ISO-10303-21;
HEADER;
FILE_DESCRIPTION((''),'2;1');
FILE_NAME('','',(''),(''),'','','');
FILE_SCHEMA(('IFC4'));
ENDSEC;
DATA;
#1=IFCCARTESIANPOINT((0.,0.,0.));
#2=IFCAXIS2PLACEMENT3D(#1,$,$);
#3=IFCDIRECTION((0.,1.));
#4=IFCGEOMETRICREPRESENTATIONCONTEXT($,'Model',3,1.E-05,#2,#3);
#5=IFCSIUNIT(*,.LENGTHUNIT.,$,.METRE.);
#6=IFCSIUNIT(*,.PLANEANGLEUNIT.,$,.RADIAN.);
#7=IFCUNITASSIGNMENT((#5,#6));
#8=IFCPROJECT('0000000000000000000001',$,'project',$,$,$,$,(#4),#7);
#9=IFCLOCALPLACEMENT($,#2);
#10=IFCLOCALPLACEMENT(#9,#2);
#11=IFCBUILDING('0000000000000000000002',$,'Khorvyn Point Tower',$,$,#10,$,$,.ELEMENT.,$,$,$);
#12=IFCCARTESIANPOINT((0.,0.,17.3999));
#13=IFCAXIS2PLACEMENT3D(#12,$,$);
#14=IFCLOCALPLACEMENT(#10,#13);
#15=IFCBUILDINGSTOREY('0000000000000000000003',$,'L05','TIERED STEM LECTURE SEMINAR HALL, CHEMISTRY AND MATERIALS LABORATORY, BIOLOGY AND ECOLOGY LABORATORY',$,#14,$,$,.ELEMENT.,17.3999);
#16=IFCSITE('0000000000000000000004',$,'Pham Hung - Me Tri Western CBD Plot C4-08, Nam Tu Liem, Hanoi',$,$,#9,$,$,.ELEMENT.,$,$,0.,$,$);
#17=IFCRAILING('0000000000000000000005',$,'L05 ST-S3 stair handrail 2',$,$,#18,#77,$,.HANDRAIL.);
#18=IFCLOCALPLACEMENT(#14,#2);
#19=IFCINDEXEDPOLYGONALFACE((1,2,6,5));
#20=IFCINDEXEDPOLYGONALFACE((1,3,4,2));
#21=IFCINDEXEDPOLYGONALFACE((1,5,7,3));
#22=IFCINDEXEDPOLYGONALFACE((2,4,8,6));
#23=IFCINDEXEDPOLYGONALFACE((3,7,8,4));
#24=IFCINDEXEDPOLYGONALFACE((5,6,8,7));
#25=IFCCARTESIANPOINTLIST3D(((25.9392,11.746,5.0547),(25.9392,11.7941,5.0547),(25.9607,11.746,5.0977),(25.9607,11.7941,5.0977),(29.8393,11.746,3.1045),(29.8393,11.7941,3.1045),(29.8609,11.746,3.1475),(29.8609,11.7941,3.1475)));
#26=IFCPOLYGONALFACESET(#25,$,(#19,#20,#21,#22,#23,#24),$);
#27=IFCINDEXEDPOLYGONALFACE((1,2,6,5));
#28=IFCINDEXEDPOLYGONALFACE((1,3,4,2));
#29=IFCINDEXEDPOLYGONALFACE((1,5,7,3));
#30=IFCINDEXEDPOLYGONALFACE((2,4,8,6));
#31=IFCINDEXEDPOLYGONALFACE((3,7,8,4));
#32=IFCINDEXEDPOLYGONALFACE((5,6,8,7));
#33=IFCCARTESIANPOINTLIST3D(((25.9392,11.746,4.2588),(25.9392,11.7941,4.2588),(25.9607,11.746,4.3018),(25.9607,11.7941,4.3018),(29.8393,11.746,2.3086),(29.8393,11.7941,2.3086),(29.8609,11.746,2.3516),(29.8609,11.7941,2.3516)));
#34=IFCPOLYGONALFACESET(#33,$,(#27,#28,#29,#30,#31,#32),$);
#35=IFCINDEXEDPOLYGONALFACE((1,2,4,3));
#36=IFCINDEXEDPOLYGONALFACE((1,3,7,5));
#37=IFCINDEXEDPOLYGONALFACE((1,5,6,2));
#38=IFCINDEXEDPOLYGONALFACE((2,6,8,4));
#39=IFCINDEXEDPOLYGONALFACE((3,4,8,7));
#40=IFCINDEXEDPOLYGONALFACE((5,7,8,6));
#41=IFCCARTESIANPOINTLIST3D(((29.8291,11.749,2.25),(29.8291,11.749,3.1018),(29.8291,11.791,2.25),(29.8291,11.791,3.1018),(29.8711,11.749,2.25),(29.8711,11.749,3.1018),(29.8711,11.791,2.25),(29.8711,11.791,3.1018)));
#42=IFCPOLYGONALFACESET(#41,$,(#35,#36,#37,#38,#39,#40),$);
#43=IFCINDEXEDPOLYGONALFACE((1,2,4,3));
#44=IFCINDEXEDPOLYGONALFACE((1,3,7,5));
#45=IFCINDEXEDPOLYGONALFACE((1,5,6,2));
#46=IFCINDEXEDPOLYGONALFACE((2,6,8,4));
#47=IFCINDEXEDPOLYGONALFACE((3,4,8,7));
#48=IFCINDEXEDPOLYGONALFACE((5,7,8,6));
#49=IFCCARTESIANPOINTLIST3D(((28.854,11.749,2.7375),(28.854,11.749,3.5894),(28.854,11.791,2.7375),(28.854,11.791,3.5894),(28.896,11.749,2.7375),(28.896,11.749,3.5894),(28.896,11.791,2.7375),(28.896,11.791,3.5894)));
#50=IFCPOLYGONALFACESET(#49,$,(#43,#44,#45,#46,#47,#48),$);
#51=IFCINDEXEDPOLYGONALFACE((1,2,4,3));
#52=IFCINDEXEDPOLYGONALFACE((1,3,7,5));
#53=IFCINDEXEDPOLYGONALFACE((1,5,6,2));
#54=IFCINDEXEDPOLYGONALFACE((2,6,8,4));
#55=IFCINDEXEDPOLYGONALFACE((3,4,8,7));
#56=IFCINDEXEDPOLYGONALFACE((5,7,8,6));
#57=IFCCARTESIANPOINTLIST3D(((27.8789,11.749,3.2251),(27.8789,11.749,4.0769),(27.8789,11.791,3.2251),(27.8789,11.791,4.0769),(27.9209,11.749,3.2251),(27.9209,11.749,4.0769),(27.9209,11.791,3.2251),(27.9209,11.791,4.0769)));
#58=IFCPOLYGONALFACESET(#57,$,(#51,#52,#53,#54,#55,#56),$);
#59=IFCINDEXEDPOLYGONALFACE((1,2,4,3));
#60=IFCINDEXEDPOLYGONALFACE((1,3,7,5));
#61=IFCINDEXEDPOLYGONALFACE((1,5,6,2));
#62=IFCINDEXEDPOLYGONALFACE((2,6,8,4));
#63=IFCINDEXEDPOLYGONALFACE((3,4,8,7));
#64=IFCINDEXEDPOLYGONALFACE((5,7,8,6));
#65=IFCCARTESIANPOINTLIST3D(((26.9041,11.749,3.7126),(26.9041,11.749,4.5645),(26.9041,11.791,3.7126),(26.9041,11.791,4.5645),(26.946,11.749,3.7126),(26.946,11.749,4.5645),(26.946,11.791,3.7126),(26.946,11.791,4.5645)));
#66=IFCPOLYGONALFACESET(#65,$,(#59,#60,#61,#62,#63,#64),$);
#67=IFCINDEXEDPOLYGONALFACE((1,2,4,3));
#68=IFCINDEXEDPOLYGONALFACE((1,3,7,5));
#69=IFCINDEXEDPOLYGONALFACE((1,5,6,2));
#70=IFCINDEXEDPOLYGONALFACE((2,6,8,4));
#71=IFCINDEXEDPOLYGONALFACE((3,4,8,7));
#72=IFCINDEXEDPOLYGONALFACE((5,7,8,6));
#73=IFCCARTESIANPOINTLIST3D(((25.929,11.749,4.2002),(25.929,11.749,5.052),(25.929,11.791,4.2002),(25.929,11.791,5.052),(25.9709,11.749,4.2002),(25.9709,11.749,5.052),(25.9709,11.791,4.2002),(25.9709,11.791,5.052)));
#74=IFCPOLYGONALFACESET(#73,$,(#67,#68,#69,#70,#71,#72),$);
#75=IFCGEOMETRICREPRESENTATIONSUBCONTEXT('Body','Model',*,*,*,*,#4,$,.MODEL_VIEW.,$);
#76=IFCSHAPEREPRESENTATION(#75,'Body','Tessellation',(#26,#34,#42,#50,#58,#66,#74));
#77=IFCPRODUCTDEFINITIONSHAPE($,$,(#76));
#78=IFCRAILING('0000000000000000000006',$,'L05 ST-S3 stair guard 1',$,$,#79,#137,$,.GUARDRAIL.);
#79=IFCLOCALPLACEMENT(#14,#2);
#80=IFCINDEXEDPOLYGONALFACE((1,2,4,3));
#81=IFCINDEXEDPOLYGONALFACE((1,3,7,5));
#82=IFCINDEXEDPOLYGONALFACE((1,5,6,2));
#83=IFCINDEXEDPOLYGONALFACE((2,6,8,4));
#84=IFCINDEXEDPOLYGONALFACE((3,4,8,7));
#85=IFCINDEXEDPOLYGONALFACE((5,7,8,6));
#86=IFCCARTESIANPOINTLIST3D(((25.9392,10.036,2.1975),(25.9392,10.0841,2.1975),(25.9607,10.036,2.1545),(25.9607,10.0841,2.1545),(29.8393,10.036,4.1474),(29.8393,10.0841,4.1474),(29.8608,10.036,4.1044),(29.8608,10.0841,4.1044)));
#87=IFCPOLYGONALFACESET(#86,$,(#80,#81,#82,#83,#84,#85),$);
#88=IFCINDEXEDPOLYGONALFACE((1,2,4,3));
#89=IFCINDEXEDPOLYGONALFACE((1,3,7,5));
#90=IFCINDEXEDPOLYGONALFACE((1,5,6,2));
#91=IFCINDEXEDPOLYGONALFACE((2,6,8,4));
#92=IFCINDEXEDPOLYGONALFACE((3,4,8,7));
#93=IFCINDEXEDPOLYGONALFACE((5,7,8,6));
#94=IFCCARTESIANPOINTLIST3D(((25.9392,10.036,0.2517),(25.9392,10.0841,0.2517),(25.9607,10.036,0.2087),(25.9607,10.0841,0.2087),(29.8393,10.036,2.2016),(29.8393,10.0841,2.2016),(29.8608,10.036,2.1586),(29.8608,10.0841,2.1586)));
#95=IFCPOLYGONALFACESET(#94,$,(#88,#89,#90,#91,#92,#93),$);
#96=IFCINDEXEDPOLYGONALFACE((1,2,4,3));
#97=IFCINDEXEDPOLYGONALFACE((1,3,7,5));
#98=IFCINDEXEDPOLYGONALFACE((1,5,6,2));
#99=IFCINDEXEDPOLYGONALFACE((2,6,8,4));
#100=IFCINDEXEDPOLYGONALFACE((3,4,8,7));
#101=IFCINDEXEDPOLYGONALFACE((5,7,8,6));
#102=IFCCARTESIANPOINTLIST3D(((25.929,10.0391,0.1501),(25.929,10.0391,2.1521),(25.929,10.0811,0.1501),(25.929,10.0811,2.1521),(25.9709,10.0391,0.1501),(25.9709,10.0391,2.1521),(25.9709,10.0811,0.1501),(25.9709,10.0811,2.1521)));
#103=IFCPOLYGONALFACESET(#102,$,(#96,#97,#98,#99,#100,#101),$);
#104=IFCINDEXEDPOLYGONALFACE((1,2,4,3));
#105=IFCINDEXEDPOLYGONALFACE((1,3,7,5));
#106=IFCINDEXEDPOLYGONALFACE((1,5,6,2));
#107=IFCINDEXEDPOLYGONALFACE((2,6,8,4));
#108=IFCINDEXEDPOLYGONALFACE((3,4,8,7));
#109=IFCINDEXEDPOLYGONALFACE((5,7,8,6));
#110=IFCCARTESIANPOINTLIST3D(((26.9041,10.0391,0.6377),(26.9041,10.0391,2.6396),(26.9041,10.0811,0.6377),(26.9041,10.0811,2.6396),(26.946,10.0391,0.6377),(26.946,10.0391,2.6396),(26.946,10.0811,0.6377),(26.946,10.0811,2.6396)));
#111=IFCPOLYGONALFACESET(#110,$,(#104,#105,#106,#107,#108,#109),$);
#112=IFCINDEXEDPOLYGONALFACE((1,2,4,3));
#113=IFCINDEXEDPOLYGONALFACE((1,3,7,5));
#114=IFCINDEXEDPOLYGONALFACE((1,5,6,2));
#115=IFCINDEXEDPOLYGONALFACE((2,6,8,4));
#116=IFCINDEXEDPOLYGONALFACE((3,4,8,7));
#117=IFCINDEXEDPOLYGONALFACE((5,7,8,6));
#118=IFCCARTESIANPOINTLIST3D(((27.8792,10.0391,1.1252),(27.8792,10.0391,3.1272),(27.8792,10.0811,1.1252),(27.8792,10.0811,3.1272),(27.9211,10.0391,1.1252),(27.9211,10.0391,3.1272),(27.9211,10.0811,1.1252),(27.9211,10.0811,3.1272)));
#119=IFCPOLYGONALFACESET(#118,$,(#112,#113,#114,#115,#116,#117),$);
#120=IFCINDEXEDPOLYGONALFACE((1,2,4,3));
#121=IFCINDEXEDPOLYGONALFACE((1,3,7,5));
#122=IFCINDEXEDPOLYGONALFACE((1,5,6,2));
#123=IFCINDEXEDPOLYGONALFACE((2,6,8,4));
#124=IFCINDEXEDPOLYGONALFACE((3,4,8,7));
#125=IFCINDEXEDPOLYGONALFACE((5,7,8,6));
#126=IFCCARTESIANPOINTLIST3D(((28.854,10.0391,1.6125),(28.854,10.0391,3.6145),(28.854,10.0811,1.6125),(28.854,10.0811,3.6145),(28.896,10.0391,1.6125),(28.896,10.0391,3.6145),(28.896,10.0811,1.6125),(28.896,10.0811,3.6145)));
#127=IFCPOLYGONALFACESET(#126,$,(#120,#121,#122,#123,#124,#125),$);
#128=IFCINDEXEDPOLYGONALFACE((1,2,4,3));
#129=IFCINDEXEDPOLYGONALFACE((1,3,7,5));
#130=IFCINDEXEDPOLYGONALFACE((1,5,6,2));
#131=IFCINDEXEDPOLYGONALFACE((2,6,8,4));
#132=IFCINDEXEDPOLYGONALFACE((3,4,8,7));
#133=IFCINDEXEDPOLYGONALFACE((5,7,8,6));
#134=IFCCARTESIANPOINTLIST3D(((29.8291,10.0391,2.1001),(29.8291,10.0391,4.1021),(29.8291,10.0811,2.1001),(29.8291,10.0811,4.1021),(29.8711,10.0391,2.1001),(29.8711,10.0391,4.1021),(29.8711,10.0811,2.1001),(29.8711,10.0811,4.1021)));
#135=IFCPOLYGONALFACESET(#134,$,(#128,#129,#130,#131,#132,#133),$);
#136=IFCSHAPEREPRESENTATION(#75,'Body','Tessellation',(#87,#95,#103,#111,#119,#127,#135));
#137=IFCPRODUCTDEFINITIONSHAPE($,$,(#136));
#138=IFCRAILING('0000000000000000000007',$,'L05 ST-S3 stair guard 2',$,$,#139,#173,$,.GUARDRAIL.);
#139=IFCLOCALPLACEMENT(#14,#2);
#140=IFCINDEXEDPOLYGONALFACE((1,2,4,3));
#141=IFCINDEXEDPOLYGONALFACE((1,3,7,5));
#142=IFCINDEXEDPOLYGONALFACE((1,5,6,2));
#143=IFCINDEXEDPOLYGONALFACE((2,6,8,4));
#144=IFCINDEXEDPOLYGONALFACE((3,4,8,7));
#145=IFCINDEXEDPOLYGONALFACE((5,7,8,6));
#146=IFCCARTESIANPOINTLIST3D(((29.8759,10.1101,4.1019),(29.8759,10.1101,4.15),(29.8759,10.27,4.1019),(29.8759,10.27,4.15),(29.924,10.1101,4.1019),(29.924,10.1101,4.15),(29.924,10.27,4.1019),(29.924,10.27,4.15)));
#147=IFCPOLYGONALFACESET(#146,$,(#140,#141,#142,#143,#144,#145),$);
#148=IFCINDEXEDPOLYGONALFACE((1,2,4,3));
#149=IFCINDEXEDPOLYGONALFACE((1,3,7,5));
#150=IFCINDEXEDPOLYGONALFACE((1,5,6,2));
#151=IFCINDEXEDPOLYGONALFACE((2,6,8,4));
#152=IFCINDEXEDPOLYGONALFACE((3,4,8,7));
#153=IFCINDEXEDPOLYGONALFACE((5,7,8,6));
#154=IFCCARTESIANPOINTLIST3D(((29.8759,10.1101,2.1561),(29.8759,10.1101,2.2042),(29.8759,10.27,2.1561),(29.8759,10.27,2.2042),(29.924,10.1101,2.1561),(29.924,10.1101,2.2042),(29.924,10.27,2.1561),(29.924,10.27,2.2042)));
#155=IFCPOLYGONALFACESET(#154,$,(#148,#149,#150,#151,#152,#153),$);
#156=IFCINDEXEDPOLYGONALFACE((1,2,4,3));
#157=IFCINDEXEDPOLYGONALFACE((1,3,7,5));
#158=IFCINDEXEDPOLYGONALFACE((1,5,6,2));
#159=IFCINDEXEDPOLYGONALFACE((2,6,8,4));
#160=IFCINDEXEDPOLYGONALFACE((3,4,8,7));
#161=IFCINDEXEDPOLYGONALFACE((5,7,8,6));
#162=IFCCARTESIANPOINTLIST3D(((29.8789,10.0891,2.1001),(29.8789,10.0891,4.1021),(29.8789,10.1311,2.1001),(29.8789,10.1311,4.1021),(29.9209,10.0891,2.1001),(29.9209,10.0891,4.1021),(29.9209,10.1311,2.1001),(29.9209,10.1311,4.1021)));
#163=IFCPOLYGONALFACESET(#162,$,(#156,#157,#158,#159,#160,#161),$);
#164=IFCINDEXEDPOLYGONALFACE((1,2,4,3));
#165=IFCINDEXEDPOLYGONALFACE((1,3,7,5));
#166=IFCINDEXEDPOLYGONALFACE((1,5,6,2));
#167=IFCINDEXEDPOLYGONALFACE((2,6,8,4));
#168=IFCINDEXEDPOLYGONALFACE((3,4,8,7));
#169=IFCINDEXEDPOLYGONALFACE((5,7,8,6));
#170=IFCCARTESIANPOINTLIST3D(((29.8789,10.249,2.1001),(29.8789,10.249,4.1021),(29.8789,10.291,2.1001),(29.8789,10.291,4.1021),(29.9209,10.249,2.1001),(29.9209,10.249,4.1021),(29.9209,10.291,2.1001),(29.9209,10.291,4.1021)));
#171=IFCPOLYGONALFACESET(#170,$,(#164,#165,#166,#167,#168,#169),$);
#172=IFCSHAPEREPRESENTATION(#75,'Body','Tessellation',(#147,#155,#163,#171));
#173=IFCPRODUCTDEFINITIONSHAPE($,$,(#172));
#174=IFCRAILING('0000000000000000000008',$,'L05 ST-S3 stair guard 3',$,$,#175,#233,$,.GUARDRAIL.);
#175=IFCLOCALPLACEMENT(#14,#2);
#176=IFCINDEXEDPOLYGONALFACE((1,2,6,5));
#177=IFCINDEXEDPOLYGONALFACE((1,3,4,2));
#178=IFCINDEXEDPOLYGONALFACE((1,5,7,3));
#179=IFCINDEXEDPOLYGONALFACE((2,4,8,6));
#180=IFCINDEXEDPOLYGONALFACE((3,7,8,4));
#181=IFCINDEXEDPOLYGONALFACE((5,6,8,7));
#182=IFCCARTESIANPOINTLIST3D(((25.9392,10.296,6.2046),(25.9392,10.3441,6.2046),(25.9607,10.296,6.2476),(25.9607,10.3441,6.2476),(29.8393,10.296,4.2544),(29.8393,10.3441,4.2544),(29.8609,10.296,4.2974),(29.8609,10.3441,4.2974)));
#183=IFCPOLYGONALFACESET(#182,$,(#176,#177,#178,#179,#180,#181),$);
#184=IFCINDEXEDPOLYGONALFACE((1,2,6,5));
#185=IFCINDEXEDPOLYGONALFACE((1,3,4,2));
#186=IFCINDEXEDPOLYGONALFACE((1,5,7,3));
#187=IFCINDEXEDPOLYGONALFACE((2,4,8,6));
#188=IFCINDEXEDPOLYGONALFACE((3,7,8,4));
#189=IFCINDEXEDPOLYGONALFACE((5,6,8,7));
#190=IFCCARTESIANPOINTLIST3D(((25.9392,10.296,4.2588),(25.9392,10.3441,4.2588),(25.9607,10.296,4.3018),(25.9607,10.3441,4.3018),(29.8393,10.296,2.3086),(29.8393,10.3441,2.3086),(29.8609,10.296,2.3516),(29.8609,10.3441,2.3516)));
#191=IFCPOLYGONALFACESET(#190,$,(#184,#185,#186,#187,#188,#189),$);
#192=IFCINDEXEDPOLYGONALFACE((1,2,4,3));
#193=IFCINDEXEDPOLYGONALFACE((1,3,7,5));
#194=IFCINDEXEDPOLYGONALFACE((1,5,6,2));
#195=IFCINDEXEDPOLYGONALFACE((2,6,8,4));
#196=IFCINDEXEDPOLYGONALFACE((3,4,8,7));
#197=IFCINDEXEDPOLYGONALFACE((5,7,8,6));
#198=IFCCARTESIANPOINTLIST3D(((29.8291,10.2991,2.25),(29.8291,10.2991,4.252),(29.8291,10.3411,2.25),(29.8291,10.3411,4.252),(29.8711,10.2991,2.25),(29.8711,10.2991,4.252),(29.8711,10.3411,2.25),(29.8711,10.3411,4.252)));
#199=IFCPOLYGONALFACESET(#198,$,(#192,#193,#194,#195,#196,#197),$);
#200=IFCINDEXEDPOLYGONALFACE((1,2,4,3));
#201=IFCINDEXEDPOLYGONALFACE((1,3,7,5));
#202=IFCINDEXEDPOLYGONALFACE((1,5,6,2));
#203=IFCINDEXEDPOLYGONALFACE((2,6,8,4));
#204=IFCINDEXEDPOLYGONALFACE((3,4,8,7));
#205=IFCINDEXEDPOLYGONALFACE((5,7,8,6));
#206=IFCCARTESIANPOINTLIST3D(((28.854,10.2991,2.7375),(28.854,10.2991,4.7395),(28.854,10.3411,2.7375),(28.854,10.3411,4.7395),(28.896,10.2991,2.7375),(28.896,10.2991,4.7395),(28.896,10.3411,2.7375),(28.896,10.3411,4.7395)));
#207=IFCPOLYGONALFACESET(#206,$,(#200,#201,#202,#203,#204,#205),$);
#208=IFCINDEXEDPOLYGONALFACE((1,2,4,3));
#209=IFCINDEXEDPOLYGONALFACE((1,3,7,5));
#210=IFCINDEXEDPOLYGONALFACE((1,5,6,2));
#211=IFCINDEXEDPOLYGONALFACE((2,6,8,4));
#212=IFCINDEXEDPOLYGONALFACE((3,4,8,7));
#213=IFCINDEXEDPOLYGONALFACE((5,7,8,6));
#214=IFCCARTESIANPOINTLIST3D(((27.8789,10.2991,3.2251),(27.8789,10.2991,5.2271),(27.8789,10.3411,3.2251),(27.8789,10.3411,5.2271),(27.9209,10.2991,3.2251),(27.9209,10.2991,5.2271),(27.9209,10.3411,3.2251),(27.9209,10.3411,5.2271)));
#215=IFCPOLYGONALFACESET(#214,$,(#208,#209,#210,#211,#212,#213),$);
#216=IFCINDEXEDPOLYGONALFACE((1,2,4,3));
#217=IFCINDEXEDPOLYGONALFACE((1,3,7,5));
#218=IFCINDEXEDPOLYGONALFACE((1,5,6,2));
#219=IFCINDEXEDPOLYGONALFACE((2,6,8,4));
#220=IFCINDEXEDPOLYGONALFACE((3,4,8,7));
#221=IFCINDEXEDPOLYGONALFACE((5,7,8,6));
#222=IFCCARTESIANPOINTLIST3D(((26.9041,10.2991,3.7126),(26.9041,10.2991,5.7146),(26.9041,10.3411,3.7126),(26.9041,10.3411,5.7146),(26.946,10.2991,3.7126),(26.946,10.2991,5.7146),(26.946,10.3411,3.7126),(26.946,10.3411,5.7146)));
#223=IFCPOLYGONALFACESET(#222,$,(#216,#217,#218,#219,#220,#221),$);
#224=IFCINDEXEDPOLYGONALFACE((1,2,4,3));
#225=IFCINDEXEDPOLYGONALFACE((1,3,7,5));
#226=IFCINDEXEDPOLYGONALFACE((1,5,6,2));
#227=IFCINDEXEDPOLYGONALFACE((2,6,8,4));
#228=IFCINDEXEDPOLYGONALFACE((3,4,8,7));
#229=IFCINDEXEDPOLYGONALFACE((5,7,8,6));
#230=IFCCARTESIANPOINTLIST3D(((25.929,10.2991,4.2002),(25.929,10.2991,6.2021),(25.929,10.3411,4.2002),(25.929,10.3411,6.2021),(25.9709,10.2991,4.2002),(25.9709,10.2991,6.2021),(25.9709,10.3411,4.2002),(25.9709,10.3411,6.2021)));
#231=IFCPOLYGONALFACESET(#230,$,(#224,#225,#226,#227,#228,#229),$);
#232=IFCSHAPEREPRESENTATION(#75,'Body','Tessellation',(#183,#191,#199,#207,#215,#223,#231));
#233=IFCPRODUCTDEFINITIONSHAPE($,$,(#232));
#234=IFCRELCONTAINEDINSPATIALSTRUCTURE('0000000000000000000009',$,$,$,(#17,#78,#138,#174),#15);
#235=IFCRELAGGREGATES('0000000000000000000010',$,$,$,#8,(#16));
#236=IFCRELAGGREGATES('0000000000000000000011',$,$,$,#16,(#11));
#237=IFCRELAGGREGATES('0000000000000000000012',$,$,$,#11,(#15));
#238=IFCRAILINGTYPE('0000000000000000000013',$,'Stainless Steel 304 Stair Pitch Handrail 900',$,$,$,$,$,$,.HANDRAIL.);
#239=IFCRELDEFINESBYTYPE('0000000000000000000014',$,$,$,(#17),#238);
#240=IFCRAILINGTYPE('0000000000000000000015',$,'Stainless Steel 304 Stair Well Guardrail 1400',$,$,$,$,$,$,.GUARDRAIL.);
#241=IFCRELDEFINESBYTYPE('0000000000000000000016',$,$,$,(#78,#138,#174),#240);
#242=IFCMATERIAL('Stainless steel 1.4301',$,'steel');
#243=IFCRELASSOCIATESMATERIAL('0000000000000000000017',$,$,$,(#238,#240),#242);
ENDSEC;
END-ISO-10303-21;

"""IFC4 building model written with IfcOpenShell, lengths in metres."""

from ifc_helpers import new_model, si_unit, direction, frame, origin, origin_2d, place, context, subcontext, project, spatial, rectangle, extrude, material, type_object, element, save


model = new_model("IFC4")

# Units and contexts
model_context = context("Model", 3, precision=1e-05, world=origin(), true_north=direction((0.0, 1.0)))
body_context = subcontext(model_context, "Body", "Model", "MODEL_VIEW")
ifc_project = project(units=[si_unit("LENGTHUNIT", "METRE"), si_unit("PLANEANGLEUNIT", "RADIAN")], contexts=[model_context])

# Site, building, storey
site_placement = place(None, origin())
site = spatial("IfcSite", under=ifc_project, at=site_placement, Name="Pham Hung - Me Tri Western CBD Plot C4-08, Nam Tu Liem, Hanoi", CompositionType="ELEMENT", RefElevation=0.0)
building_placement = place(site_placement, origin())
building = spatial("IfcBuilding", under=site, at=building_placement, Name="Khorvyn Point Tower", CompositionType="ELEMENT")
storey_placement = place(building_placement, frame((0.0, 0.0, 17.3999)))
storey = spatial("IfcBuildingStorey", under=building, at=storey_placement, Name="L05", Description="TIERED STEM LECTURE SEMINAR HALL, CHEMISTRY AND MATERIALS LABORATORY, BIOLOGY AND ECOLOGY LABORATORY", CompositionType="ELEMENT", Elevation=17.3999)

# Railings
ifc_material_1 = material(Name="Stainless steel 1.4301", Category="steel")
railing_type_1 = type_object("IfcRailingType", Name="Stainless Steel 304 Stair Pitch Handrail 900", PredefinedType="HANDRAIL", material=ifc_material_1)
railing_1_placement = place(storey_placement, frame((29.8501, 11.77, 2.25)))
element("IfcRailing", 1, at=railing_1_placement, inside=storey, type_object=railing_type_1, Name="L05 ST-S3 stair handrail 2", PredefinedType="HANDRAIL", context=body_context, shape_type="SweptSolid", body=[
    extrude(rectangle(XDim=0.0481, YDim=0.0481, at=origin_2d()), frame((0.0, 0.0, 0.876), z_axis=(-0.894416, 0.0, 0.447236), x_axis=(0.0, -1.0, 0.0)), (0.0, 0.0, 1.0), 4.3606),
    extrude(rectangle(XDim=0.0481, YDim=0.0481, at=origin_2d()), frame((0.0, 0.0, 0.0801), z_axis=(-0.894416, 0.0, 0.447236), x_axis=(0.0, -1.0, 0.0)), (0.0, 0.0, 1.0), 4.3606),
    extrude(rectangle(XDim=0.042, YDim=0.042, at=origin_2d()), origin(), (0.0, 0.0, 1.0), 0.8518),
    extrude(rectangle(XDim=0.042, YDim=0.042, at=origin_2d()), frame((-0.9751, 0.0, 0.4875)), (0.0, 0.0, 1.0), 0.8518),
    extrude(rectangle(XDim=0.042, YDim=0.042, at=origin_2d()), frame((-1.9502, 0.0, 0.9751)), (0.0, 0.0, 1.0), 0.8518),
    extrude(rectangle(XDim=0.042, YDim=0.042, at=origin_2d()), frame((-2.925, 0.0, 1.4626)), (0.0, 0.0, 1.0), 0.8518),
    extrude(rectangle(XDim=0.042, YDim=0.042, at=origin_2d()), frame((-3.9001, 0.0, 1.9502)), (0.0, 0.0, 1.0), 0.8518),
])
railing_type_2 = type_object("IfcRailingType", Name="Stainless Steel 304 Stair Well Guardrail 1400", PredefinedType="GUARDRAIL", material=ifc_material_1)
railing_2_placement = place(storey_placement, frame((25.95, 10.0601, 0.1501)))
element("IfcRailing", 2, at=railing_2_placement, inside=storey, type_object=railing_type_2, Name="L05 ST-S3 stair guard 1", PredefinedType="GUARDRAIL", context=body_context, shape_type="SweptSolid", body=[
    extrude(rectangle(XDim=0.0481, YDim=0.0481, at=origin_2d()), frame((0.0, 0.0, 2.0259), z_axis=(0.894438, 0.0, 0.447191), x_axis=(0.0, 1.0, 0.0)), (0.0, 0.0, 1.0), 4.3604),
    extrude(rectangle(XDim=0.0481, YDim=0.0481, at=origin_2d()), frame((0.0, 0.0, 0.0801), z_axis=(0.894438, 0.0, 0.447191), x_axis=(0.0, 1.0, 0.0)), (0.0, 0.0, 1.0), 4.3604),
    extrude(rectangle(XDim=0.042, YDim=0.042, at=origin_2d()), origin(), (0.0, 0.0, 1.0), 2.002),
    extrude(rectangle(XDim=0.042, YDim=0.042, at=origin_2d()), frame((0.9751, 0.0, 0.4875)), (0.0, 0.0, 1.0), 2.002),
    extrude(rectangle(XDim=0.042, YDim=0.042, at=origin_2d()), frame((1.9502, 0.0, 0.9751)), (0.0, 0.0, 1.0), 2.002),
    extrude(rectangle(XDim=0.042, YDim=0.042, at=origin_2d()), frame((2.925, 0.0, 1.4624)), (0.0, 0.0, 1.0), 2.002),
    extrude(rectangle(XDim=0.042, YDim=0.042, at=origin_2d()), frame((3.9001, 0.0, 1.95)), (0.0, 0.0, 1.0), 2.002),
])
railing_3_placement = place(storey_placement, frame((29.8999, 10.1101, 2.1001)))
element("IfcRailing", 3, at=railing_3_placement, inside=storey, type_object=railing_type_2, Name="L05 ST-S3 stair guard 2", PredefinedType="GUARDRAIL", context=body_context, shape_type="SweptSolid", body=[
    extrude(rectangle(XDim=0.0481, YDim=0.0481, at=origin_2d()), frame((0.0, 0.0, 2.0259), z_axis=(0.0, 1.0, 0.0), x_axis=(-1.0, 0.0, 0.0)), (0.0, 0.0, 1.0), 0.1599),
    extrude(rectangle(XDim=0.0481, YDim=0.0481, at=origin_2d()), frame((0.0, 0.0, 0.0801), z_axis=(0.0, 1.0, 0.0), x_axis=(-1.0, 0.0, 0.0)), (0.0, 0.0, 1.0), 0.1599),
    extrude(rectangle(XDim=0.042, YDim=0.042, at=origin_2d()), origin(), (0.0, 0.0, 1.0), 2.002),
    extrude(rectangle(XDim=0.042, YDim=0.042, at=origin_2d()), frame((0.0, 0.1599, 0.0)), (0.0, 0.0, 1.0), 2.002),
])
railing_4_placement = place(storey_placement, frame((29.8501, 10.3201, 2.25)))
element("IfcRailing", 4, at=railing_4_placement, inside=storey, type_object=railing_type_2, Name="L05 ST-S3 stair guard 3", PredefinedType="GUARDRAIL", context=body_context, shape_type="SweptSolid", body=[
    extrude(rectangle(XDim=0.0481, YDim=0.0481, at=origin_2d()), frame((0.0, 0.0, 2.0259), z_axis=(-0.894416, 0.0, 0.447236), x_axis=(0.0, -1.0, 0.0)), (0.0, 0.0, 1.0), 4.3606),
    extrude(rectangle(XDim=0.0481, YDim=0.0481, at=origin_2d()), frame((0.0, 0.0, 0.0801), z_axis=(-0.894416, 0.0, 0.447236), x_axis=(0.0, -1.0, 0.0)), (0.0, 0.0, 1.0), 4.3606),
    extrude(rectangle(XDim=0.042, YDim=0.042, at=origin_2d()), origin(), (0.0, 0.0, 1.0), 2.002),
    extrude(rectangle(XDim=0.042, YDim=0.042, at=origin_2d()), frame((-0.9751, 0.0, 0.4875)), (0.0, 0.0, 1.0), 2.002),
    extrude(rectangle(XDim=0.042, YDim=0.042, at=origin_2d()), frame((-1.9502, 0.0, 0.9751)), (0.0, 0.0, 1.0), 2.002),
    extrude(rectangle(XDim=0.042, YDim=0.042, at=origin_2d()), frame((-2.925, 0.0, 1.4626)), (0.0, 0.0, 1.0), 2.002),
    extrude(rectangle(XDim=0.042, YDim=0.042, at=origin_2d()), frame((-3.9001, 0.0, 1.9502)), (0.0, 0.0, 1.0), 2.002),
])

save(model, "model.ifc")
